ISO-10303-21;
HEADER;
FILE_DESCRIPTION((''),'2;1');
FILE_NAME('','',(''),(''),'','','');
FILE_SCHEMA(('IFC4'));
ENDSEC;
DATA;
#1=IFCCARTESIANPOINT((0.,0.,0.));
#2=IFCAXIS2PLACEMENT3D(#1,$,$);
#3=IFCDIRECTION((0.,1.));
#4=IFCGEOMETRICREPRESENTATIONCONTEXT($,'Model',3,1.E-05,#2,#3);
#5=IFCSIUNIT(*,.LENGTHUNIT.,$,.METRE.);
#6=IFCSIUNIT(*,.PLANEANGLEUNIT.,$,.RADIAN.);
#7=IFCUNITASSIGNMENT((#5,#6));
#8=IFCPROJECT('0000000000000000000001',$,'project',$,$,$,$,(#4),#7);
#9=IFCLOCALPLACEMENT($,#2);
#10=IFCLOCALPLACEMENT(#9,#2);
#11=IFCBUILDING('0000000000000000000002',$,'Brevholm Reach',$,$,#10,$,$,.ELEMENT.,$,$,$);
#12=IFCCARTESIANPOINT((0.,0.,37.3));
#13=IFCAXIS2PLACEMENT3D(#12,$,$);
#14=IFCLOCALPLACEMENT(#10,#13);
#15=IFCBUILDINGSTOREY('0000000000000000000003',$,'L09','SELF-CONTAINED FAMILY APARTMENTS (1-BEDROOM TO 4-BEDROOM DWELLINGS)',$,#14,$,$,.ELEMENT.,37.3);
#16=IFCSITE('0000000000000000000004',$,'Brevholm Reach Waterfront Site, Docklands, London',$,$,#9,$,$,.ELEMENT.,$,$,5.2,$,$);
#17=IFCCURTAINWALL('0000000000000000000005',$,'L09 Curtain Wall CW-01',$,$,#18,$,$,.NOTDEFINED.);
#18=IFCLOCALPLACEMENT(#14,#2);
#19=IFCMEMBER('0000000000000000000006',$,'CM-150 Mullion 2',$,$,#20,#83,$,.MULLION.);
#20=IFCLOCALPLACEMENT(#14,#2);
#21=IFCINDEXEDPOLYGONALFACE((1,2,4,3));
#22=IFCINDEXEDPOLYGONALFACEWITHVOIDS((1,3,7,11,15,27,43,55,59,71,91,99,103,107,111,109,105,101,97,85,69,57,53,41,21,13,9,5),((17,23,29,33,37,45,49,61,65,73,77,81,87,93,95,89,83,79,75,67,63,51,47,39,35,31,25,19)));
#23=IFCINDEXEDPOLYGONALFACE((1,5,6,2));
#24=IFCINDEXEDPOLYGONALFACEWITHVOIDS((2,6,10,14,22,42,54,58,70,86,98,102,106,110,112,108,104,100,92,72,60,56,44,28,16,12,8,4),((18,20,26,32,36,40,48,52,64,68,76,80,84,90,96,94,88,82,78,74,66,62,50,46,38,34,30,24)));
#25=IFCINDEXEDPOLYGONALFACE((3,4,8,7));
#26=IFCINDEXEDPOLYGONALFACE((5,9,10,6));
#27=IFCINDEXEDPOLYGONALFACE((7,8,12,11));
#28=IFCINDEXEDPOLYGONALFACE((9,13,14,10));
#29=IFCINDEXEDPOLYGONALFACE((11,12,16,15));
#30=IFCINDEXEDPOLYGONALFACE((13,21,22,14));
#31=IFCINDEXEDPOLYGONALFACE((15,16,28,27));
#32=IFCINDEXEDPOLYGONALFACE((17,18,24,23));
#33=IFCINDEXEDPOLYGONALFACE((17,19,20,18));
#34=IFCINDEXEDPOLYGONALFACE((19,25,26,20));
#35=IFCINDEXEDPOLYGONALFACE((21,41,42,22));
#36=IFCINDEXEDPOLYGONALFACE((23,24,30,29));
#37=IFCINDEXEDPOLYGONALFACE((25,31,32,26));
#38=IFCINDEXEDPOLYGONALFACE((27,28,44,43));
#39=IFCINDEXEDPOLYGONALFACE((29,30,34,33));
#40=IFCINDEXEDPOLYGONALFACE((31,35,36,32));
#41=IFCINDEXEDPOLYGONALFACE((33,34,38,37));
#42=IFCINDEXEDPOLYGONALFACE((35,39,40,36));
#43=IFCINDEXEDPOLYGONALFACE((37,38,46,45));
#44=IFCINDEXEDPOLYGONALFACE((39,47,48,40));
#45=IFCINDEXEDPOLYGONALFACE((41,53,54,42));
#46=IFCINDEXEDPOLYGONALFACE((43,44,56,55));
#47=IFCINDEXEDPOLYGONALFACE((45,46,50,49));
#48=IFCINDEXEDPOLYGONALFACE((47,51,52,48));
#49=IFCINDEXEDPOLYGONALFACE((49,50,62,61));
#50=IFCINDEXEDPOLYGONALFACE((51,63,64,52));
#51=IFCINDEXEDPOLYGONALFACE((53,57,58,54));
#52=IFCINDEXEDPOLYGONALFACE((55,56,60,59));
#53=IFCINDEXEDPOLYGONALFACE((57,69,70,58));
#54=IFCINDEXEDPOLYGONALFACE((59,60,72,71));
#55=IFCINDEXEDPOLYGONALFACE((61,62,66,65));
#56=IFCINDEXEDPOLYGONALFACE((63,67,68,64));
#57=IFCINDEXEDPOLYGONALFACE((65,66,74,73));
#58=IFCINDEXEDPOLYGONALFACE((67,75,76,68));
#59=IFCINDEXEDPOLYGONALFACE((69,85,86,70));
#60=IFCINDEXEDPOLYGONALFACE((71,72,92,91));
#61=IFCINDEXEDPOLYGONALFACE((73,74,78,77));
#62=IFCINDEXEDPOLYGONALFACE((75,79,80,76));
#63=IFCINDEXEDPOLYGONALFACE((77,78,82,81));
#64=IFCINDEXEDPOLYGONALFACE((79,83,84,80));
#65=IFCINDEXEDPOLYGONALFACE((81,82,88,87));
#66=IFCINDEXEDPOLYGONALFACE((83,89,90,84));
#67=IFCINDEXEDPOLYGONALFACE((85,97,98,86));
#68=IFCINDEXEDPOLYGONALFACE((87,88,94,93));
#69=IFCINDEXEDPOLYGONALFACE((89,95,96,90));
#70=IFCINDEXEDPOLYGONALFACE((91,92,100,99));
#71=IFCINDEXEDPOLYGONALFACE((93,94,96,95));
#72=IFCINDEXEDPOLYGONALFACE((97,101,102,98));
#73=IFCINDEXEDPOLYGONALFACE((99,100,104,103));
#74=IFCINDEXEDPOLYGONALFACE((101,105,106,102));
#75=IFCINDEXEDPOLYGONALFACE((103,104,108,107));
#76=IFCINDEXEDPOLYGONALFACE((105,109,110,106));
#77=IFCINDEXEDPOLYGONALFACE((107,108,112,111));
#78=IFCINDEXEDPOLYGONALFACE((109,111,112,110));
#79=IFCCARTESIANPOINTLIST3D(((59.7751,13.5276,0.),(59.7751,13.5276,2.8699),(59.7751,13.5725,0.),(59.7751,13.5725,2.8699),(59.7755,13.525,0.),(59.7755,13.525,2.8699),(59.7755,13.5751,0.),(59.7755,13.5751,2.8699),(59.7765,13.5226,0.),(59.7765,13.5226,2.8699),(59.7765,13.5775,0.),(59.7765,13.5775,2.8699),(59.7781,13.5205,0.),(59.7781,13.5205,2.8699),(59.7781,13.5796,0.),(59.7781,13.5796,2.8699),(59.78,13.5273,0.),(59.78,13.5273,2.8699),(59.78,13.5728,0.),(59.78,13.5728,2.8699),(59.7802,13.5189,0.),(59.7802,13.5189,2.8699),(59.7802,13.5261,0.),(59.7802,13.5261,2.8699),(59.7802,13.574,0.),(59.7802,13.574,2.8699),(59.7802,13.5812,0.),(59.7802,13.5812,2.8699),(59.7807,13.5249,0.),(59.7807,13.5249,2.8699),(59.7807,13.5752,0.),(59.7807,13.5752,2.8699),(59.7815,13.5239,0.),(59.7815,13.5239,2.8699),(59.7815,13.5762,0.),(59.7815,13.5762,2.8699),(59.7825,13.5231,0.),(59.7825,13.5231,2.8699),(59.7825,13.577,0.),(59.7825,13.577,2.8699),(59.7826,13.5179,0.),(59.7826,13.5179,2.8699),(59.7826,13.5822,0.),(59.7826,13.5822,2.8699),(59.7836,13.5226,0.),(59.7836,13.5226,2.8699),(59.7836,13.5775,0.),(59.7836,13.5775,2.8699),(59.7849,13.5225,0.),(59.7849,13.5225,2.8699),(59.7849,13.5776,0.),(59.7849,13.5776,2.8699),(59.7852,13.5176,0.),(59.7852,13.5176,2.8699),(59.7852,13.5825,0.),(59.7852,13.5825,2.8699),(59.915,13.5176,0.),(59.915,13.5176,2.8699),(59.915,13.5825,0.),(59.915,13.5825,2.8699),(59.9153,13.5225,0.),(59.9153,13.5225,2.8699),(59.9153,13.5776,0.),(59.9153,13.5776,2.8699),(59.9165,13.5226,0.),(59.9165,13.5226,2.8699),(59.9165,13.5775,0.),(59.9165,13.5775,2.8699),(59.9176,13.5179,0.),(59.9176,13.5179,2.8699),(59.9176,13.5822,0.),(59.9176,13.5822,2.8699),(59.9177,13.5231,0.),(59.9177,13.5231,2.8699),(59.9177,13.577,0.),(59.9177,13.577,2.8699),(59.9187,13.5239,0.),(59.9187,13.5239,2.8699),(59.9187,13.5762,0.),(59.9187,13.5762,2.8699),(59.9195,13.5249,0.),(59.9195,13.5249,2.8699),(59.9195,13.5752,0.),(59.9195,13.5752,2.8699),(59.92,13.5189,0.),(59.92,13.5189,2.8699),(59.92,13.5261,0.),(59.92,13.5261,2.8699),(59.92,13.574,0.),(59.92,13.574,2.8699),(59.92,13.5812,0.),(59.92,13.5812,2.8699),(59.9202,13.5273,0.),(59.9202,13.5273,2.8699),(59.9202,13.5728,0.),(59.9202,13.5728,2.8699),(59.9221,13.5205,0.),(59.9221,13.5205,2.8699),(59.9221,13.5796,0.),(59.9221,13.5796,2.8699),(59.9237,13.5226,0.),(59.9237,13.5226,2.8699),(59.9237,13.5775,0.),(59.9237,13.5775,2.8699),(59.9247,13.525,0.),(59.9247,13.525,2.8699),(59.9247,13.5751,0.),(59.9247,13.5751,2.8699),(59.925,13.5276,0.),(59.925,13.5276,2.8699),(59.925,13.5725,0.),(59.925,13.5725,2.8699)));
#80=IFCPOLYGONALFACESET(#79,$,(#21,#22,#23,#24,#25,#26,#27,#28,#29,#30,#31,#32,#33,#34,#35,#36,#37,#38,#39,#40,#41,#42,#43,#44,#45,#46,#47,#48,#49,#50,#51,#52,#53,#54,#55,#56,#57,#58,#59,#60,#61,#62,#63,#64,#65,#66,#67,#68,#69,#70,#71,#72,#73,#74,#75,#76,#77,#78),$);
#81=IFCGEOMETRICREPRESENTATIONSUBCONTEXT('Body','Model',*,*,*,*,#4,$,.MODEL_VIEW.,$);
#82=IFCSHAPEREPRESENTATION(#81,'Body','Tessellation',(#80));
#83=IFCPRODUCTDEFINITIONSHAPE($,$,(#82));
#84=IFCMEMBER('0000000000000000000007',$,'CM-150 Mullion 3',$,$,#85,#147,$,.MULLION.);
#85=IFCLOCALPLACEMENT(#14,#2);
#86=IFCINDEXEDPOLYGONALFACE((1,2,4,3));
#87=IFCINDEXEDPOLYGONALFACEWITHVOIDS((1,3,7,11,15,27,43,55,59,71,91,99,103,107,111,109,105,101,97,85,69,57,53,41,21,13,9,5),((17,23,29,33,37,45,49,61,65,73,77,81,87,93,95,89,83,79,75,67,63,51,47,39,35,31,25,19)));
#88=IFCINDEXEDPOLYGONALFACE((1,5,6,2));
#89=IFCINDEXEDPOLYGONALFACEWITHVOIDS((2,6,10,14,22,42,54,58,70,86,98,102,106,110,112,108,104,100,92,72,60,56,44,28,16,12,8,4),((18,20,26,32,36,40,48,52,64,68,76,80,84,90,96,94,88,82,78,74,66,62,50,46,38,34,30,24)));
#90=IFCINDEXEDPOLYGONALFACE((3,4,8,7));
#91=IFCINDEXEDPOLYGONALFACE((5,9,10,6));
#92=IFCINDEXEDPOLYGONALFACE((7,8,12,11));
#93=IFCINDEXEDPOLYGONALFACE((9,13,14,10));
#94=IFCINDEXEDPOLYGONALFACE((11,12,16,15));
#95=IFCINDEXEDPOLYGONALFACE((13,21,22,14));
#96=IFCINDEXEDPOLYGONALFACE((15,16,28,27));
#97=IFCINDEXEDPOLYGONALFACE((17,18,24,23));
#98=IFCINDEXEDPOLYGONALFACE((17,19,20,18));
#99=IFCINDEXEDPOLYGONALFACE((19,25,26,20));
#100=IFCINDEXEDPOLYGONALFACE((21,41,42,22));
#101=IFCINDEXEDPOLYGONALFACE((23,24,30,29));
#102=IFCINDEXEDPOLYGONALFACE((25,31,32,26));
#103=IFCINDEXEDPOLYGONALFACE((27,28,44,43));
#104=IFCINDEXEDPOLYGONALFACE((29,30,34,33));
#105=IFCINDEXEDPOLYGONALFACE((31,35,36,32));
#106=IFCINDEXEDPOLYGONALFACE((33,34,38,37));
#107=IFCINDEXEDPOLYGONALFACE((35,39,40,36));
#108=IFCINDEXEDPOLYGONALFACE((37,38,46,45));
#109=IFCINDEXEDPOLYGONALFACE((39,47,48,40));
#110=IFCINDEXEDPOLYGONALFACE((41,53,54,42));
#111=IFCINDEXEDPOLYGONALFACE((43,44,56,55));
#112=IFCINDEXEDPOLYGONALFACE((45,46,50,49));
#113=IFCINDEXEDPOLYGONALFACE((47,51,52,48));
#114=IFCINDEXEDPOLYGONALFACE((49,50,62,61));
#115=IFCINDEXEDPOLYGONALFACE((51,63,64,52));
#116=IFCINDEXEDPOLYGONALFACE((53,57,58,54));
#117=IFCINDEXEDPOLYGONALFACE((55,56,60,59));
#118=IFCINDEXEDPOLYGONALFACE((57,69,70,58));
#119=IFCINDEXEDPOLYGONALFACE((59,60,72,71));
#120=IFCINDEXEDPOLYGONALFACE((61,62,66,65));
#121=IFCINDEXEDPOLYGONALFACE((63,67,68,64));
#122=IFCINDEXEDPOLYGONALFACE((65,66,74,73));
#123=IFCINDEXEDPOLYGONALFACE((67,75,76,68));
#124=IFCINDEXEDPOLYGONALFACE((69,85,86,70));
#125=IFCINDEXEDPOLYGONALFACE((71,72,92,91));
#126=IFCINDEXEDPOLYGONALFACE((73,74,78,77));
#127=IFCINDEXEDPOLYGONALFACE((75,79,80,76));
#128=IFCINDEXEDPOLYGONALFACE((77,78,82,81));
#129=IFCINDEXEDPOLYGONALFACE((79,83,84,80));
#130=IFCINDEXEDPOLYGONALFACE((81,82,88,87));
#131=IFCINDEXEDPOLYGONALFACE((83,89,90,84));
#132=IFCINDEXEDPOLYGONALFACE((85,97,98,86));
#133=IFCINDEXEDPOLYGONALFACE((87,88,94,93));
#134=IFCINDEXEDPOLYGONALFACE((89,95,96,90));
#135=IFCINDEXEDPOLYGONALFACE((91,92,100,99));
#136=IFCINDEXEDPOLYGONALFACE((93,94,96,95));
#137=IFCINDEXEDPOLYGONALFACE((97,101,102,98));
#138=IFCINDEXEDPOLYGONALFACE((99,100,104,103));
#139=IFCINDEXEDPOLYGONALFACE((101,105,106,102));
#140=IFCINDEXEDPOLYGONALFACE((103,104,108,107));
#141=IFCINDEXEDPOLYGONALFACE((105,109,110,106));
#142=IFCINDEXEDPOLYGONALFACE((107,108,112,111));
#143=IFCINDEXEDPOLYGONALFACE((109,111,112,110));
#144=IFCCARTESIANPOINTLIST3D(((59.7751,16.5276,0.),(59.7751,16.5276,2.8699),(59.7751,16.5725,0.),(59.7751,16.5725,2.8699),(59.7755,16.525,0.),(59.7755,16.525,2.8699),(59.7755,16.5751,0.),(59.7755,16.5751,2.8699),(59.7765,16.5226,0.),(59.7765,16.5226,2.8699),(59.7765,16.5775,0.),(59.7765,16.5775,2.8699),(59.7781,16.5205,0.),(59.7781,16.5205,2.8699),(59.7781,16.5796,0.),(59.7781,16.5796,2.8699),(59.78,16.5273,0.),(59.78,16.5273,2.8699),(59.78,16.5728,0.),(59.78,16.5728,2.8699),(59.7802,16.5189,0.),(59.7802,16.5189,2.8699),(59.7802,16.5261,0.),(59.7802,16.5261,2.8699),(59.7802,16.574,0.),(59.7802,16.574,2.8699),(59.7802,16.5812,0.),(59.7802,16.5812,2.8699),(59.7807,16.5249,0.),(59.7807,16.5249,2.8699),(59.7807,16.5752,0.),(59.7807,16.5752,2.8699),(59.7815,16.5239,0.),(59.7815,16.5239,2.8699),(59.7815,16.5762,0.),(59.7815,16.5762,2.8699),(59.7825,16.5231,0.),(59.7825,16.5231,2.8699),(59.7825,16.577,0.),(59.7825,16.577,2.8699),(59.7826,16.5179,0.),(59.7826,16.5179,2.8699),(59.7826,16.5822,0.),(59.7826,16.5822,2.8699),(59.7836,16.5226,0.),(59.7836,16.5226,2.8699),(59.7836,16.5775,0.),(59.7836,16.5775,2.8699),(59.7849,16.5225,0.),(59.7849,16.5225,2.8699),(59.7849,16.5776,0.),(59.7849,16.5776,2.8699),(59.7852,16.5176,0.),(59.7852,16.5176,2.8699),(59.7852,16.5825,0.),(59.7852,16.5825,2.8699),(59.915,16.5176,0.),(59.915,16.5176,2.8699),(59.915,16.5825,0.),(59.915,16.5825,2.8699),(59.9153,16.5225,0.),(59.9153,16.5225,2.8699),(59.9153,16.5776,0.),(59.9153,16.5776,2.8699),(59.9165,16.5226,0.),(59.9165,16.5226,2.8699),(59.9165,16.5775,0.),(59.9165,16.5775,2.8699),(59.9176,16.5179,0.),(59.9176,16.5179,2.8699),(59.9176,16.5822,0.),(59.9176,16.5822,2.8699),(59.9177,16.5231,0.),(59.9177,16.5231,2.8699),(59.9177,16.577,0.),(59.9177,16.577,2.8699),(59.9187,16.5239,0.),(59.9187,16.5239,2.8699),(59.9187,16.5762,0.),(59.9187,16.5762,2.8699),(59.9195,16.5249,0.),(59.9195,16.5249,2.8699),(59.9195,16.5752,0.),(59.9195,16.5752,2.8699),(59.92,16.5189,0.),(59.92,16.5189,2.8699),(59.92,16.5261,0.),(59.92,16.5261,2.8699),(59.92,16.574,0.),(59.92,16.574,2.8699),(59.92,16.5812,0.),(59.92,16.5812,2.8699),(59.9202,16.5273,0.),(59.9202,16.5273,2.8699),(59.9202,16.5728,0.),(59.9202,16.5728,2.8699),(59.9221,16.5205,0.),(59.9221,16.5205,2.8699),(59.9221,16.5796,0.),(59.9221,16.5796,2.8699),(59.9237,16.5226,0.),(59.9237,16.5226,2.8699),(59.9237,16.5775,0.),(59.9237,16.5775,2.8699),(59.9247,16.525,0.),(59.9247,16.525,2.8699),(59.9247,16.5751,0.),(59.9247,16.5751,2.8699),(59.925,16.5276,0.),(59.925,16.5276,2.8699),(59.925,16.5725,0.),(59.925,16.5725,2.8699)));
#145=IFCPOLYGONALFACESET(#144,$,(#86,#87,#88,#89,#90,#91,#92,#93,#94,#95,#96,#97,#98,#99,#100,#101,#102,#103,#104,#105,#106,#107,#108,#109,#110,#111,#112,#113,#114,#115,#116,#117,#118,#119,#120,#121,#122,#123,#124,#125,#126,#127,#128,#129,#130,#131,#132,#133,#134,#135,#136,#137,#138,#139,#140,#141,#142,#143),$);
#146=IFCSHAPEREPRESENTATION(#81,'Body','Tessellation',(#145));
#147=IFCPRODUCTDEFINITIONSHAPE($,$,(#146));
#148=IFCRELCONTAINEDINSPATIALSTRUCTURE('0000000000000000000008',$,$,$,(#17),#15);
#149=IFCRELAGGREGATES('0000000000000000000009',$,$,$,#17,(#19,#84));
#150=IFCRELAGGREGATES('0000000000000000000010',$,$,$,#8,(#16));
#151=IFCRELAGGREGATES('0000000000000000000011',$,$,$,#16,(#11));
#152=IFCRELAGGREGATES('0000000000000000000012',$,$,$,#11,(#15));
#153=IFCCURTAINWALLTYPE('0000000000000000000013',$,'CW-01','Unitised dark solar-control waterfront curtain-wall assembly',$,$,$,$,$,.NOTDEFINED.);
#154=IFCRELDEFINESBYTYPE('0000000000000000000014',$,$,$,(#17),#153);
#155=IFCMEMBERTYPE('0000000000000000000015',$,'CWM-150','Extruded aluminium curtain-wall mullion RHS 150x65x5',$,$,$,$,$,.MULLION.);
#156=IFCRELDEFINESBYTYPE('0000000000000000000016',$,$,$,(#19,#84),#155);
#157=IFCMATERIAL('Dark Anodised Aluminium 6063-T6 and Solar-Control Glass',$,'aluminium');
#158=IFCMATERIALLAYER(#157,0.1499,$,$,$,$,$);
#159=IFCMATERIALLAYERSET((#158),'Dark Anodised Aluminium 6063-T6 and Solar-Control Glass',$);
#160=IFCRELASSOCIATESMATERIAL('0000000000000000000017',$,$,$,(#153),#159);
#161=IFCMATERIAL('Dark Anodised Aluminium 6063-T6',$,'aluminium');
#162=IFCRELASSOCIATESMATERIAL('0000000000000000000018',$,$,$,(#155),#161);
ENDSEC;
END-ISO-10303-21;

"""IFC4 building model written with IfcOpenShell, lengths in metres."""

from ifc_helpers import new_model, si_unit, direction, frame, origin, origin_2d, place, context, subcontext, project, spatial, hollow_rectangle, extrude, material, layer, layer_set, material_profile, profile_set, type_object, element, aggregate, save


model = new_model("IFC4")

# Units and contexts
model_context = context("Model", 3, precision=1e-05, world=origin(), true_north=direction((0.0, 1.0)))
body_context = subcontext(model_context, "Body", "Model", "MODEL_VIEW")
ifc_project = project(units=[si_unit("LENGTHUNIT", "METRE"), si_unit("PLANEANGLEUNIT", "RADIAN")], contexts=[model_context])

# Site, building, storey
site_placement = place(None, origin())
site = spatial("IfcSite", under=ifc_project, at=site_placement, Name="Brevholm Reach Waterfront Site, Docklands, London", CompositionType="ELEMENT", RefElevation=5.2)
building_placement = place(site_placement, origin())
building = spatial("IfcBuilding", under=site, at=building_placement, Name="Brevholm Reach", CompositionType="ELEMENT")
storey_placement = place(building_placement, frame((0.0, 0.0, 37.3)))
storey = spatial("IfcBuildingStorey", under=building, at=storey_placement, Name="L09", Description="SELF-CONTAINED FAMILY APARTMENTS (1-BEDROOM TO 4-BEDROOM DWELLINGS)", CompositionType="ELEMENT", Elevation=37.3)

# Curtain wall, members
ifc_material_1 = material(Name="Dark Anodised Aluminium 6063-T6 and Solar-Control Glass", Category="aluminium")
ifc_layer_1 = layer(ifc_material_1, 0.1499)
ifc_layer_set_1 = layer_set([ifc_layer_1], Name="Dark Anodised Aluminium 6063-T6 and Solar-Control Glass")
curtain_wall_type = type_object("IfcCurtainWallType", Name="CW-01", Description="Unitised dark solar-control waterfront curtain-wall assembly", PredefinedType="NOTDEFINED", material=ifc_layer_set_1)
curtain_wall_placement = place(storey_placement, origin())
curtain_wall = element("IfcCurtainWall", 1, at=curtain_wall_placement, inside=storey, type_object=curtain_wall_type, Name="L09 Curtain Wall CW-01", PredefinedType="NOTDEFINED")
ifc_material_2 = material(Name="Dark Anodised Aluminium 6063-T6", Category="aluminium")
ifc_material_profile_1 = material_profile(ifc_material_2, hollow_rectangle(XDim=0.0649, YDim=0.1499, WallThickness=0.0049, InnerFilletRadius=0.0049, OuterFilletRadius=0.01, at=origin_2d()), Name="RHS 150x65x5")
ifc_profile_set_1 = profile_set([ifc_material_profile_1], Name="Dark Anodised Aluminium 6063-T6")
member_type_1 = type_object("IfcMemberType", Name="CWM-150", Description="Extruded aluminium curtain-wall mullion RHS 150x65x5", PredefinedType="MULLION", material=ifc_profile_set_1)
member_1_placement = place(storey_placement, frame((59.8501, 13.55, 0.0), z_axis=(0.0, 0.0, 1.0), x_axis=(0.0, 1.0, 0.0)))
member_1 = element("IfcMember", 2, at=member_1_placement, type_object=member_type_1, Name="CM-150 Mullion 2", PredefinedType="MULLION", context=body_context, shape_type="SweptSolid", body=[
    extrude(hollow_rectangle(XDim=0.0649, YDim=0.1499, WallThickness=0.0049, InnerFilletRadius=0.0049, OuterFilletRadius=0.01, at=origin_2d()), origin(), (0.0, 0.0, 1.0), 2.8699),
])
member_2_placement = place(storey_placement, frame((59.8501, 16.55, 0.0), z_axis=(0.0, 0.0, 1.0), x_axis=(0.0, 1.0, 0.0)))
member_2 = element("IfcMember", 3, at=member_2_placement, type_object=member_type_1, Name="CM-150 Mullion 3", PredefinedType="MULLION", context=body_context, shape_type="SweptSolid", body=[
    extrude(hollow_rectangle(XDim=0.0649, YDim=0.1499, WallThickness=0.0049, InnerFilletRadius=0.0049, OuterFilletRadius=0.01, at=origin_2d()), origin(), (0.0, 0.0, 1.0), 2.8699),
])
aggregate(curtain_wall, [member_1, member_2])

save(model, "model.ifc")
